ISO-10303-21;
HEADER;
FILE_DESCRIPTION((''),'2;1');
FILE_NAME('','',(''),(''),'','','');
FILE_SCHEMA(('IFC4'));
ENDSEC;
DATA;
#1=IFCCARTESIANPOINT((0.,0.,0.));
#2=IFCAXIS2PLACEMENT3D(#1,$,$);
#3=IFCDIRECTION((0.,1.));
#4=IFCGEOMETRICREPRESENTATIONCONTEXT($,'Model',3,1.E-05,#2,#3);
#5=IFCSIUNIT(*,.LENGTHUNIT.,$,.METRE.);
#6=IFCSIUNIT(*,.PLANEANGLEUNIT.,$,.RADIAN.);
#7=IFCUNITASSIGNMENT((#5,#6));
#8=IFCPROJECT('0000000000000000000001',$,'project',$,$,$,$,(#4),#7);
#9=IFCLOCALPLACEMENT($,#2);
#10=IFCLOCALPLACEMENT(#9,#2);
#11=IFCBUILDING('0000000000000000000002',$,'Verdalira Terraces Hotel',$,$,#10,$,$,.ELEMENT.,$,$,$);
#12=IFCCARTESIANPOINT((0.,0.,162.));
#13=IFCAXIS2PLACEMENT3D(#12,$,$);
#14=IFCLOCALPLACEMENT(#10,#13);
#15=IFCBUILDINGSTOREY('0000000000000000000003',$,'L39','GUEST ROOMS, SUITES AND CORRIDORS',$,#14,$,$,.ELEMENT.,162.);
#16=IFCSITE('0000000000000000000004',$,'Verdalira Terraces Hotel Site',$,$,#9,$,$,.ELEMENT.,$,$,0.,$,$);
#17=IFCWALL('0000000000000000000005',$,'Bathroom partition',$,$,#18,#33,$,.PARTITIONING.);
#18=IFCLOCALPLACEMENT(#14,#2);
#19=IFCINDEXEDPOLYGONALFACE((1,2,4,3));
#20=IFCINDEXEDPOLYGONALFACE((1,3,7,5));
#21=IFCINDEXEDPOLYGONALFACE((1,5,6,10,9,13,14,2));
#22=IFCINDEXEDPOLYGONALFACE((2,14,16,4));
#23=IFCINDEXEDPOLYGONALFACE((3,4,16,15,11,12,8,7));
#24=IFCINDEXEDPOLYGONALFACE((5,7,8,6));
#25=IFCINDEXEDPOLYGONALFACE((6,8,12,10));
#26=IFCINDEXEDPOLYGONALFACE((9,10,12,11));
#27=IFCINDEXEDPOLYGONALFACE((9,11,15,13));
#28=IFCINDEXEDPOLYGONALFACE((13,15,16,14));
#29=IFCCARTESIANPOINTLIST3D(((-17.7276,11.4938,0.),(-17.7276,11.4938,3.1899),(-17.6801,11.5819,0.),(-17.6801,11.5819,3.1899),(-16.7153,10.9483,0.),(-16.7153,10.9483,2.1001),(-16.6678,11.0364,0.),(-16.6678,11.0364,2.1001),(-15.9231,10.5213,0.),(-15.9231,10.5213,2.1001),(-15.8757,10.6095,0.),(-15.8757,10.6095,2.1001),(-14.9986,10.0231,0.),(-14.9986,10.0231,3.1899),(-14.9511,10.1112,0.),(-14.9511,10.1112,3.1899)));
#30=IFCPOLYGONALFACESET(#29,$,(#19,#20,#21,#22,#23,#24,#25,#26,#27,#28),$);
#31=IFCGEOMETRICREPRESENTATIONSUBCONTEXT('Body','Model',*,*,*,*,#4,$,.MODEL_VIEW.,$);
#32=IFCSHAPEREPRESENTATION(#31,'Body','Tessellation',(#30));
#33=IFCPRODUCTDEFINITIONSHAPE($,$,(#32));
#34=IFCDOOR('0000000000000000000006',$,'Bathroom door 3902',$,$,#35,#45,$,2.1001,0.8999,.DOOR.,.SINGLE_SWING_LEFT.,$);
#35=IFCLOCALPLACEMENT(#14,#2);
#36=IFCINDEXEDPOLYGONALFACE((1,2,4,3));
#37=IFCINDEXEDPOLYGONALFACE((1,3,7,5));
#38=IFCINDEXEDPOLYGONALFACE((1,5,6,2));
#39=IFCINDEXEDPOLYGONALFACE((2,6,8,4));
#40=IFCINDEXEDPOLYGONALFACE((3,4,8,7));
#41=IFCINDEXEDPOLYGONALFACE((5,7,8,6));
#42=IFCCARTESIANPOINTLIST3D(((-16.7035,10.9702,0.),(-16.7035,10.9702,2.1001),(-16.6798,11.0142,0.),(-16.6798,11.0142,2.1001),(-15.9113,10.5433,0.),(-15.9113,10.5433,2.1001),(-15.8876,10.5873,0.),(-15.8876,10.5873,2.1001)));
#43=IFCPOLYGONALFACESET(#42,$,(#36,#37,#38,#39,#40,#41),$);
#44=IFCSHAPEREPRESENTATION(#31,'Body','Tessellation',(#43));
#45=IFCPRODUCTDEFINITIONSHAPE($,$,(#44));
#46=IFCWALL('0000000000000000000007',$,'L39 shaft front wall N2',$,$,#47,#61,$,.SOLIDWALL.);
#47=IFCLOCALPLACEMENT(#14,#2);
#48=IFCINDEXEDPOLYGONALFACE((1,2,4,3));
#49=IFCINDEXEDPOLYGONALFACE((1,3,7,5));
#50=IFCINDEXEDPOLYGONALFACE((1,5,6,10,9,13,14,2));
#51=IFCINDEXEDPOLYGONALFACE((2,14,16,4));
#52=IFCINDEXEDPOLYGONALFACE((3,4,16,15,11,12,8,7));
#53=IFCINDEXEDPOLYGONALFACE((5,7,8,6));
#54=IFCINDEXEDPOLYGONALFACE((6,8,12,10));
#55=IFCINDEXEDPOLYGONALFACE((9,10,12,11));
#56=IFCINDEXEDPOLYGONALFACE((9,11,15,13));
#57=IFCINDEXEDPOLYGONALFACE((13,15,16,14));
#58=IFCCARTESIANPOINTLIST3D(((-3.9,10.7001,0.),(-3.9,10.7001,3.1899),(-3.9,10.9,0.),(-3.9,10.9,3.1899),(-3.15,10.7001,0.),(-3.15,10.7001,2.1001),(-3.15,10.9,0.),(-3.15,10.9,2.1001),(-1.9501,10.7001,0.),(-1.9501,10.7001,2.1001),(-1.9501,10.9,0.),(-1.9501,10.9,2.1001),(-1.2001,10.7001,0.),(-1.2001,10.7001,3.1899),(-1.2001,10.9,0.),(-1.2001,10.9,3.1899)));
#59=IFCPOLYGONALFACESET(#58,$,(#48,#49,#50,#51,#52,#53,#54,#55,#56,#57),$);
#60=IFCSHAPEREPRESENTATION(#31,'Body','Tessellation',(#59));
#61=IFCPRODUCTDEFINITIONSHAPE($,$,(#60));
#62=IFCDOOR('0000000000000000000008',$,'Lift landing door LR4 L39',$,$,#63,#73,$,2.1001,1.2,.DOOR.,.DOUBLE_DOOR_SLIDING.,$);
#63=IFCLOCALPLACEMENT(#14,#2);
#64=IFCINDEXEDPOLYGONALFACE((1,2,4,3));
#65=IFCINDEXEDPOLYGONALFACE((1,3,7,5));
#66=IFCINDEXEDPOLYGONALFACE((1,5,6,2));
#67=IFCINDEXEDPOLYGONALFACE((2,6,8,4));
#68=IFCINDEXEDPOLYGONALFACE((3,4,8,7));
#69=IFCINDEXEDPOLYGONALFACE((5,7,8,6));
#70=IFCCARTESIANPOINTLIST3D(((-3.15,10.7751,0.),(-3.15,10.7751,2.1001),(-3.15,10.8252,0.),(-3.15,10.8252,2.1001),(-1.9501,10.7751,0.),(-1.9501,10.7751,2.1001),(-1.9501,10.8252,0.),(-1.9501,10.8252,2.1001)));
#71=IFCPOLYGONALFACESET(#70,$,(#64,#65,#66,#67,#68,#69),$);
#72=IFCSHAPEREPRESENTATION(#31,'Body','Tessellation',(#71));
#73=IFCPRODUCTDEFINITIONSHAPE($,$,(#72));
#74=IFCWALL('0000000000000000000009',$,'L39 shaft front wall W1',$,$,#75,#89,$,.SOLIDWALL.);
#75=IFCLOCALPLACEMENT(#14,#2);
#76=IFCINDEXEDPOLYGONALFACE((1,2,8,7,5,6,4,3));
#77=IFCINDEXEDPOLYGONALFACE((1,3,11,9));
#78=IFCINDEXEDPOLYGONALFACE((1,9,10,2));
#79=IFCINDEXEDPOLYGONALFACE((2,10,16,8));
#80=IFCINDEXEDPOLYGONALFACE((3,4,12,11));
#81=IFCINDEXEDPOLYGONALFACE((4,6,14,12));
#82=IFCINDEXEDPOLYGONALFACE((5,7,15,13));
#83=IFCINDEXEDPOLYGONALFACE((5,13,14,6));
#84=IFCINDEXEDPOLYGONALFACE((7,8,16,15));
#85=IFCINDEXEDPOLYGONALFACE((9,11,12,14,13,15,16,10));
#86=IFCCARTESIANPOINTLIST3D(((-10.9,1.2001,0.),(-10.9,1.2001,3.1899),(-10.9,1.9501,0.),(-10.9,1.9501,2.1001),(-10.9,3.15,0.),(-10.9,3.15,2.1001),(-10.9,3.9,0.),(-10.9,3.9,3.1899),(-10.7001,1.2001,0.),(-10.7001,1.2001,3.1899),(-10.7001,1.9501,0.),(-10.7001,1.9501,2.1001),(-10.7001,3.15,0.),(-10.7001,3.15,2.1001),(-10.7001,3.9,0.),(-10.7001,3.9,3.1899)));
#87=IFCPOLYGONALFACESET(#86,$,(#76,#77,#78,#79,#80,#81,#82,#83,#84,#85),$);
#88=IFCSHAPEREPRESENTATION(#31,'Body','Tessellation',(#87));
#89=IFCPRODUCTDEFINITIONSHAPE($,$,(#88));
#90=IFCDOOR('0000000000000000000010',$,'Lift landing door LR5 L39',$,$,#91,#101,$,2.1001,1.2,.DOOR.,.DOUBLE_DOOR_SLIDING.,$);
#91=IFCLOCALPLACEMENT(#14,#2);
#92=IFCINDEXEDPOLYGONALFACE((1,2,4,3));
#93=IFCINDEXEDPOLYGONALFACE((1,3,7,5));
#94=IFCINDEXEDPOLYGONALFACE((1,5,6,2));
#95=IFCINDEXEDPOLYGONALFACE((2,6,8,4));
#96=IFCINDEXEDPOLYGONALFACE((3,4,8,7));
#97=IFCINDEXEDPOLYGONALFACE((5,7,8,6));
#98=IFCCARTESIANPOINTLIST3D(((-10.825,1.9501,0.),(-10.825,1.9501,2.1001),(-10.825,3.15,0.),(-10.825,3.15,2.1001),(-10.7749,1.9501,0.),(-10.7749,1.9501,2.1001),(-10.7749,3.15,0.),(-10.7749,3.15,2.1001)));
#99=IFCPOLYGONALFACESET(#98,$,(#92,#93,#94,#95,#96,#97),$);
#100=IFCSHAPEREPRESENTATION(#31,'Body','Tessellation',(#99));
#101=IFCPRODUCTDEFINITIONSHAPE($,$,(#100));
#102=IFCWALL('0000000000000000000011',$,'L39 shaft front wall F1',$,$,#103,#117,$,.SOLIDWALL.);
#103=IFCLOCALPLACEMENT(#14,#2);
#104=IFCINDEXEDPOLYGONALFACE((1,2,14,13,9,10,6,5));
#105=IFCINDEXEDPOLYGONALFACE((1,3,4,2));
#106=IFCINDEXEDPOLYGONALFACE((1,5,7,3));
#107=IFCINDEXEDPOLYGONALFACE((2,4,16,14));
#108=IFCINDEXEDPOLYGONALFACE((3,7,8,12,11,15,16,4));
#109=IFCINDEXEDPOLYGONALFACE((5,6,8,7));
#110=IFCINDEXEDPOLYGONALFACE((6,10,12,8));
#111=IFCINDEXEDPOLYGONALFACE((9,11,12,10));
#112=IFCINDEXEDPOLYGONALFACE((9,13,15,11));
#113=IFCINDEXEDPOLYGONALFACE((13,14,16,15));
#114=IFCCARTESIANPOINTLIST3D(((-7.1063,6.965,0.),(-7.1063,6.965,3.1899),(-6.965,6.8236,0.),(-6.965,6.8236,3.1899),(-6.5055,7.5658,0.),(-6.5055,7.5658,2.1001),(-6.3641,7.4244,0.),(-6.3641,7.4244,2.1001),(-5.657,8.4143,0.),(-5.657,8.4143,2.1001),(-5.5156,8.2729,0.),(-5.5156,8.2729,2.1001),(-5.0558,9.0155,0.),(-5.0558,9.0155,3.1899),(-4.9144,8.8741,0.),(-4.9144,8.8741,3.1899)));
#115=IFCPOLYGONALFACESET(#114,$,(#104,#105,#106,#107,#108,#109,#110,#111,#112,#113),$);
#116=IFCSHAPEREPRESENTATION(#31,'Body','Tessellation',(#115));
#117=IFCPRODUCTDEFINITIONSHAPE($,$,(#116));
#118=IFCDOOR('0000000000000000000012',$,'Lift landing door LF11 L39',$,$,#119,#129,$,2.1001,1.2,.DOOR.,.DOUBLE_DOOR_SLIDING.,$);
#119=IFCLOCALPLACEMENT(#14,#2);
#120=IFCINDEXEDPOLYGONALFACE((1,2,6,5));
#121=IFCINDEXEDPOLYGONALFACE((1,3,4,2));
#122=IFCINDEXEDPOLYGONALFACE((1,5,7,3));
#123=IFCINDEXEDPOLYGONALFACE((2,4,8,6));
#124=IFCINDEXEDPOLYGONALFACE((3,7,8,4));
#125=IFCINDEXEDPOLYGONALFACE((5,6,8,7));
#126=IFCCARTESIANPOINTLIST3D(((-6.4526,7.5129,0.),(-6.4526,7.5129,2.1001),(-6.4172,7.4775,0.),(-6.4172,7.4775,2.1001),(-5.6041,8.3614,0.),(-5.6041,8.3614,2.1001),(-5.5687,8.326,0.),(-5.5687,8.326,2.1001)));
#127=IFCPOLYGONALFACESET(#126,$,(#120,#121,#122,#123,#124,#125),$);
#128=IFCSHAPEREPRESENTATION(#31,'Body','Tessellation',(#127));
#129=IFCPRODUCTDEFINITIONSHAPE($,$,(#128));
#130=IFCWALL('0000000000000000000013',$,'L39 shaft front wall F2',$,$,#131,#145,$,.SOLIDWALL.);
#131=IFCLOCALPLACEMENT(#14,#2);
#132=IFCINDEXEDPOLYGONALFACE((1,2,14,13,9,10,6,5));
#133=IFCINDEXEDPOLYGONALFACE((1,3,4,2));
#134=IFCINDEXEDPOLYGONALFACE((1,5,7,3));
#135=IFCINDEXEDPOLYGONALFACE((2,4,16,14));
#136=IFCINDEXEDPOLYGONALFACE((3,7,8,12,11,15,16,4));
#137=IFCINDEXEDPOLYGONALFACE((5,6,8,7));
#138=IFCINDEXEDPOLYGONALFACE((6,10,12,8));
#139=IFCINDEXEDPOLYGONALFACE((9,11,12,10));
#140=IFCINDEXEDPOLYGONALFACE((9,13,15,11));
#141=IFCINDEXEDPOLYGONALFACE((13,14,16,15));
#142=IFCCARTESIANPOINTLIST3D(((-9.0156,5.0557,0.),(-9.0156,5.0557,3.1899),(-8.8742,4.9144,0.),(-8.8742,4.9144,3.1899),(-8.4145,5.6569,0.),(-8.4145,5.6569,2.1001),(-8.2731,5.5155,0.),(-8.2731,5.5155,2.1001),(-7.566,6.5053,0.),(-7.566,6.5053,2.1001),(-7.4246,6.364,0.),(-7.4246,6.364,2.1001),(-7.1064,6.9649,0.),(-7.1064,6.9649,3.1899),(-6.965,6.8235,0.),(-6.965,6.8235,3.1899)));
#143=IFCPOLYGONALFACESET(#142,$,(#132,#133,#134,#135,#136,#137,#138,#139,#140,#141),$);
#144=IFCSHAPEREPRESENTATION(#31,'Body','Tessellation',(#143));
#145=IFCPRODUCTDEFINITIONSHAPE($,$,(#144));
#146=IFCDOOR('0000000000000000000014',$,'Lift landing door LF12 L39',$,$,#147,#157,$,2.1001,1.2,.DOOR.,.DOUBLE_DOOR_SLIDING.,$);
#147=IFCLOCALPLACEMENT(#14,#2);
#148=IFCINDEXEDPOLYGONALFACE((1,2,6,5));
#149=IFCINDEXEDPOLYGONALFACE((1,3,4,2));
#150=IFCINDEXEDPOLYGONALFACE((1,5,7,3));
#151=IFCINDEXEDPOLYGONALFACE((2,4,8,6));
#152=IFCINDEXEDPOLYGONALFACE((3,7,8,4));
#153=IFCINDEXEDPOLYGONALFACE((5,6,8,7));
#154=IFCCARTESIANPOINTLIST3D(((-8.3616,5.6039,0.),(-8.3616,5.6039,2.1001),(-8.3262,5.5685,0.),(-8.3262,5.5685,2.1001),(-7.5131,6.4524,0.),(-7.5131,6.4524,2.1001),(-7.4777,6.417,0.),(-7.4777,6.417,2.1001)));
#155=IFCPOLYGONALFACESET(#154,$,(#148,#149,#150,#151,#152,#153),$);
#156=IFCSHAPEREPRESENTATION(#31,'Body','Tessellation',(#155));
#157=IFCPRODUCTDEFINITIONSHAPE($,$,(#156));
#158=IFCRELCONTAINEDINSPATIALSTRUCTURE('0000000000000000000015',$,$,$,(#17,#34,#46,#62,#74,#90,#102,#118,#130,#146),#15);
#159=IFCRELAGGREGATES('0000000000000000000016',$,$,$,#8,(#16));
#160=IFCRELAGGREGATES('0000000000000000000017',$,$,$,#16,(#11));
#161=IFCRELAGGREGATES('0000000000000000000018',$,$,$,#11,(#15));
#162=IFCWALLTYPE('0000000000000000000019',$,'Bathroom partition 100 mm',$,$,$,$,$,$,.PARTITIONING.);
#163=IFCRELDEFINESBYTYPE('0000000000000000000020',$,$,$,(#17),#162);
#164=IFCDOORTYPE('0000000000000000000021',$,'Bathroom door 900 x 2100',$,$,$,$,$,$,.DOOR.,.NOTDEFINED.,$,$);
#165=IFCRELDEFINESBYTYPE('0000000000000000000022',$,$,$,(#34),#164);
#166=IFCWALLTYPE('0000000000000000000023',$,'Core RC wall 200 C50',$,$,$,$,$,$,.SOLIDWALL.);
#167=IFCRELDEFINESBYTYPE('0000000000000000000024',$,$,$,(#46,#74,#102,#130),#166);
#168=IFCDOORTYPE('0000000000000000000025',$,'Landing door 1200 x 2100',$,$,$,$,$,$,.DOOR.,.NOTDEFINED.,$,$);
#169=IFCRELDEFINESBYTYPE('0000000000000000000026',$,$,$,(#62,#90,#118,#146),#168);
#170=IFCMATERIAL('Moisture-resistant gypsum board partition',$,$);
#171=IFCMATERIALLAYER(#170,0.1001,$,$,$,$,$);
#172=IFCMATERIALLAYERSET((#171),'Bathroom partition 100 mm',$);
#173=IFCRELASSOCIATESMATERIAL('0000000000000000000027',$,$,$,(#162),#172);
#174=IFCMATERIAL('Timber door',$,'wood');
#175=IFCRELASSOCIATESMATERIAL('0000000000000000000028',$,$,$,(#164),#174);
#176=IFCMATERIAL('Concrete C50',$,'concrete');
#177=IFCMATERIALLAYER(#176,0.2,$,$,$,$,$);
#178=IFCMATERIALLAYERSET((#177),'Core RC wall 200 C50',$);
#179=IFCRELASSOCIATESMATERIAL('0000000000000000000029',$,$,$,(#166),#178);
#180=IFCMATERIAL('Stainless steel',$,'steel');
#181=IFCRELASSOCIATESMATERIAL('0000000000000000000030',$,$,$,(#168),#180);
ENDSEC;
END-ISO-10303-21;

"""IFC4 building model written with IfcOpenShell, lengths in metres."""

from ifc_helpers import new_model, si_unit, direction, frame, frame_2d, origin, place, context, subcontext, project, spatial, rectangle, extrude, material, layer, layer_set, type_object, element, fill, save


model = new_model("IFC4")

# Units and contexts
model_context = context("Model", 3, precision=1e-05, world=origin(), true_north=direction((0.0, 1.0)))
body_context = subcontext(model_context, "Body", "Model", "MODEL_VIEW")
ifc_project = project(units=[si_unit("LENGTHUNIT", "METRE"), si_unit("PLANEANGLEUNIT", "RADIAN")], contexts=[model_context])

# Site, building, storey
site_placement = place(None, origin())
site = spatial("IfcSite", under=ifc_project, at=site_placement, Name="Verdalira Terraces Hotel Site", CompositionType="ELEMENT", RefElevation=0.0)
building_placement = place(site_placement, origin())
building = spatial("IfcBuilding", under=site, at=building_placement, Name="Verdalira Terraces Hotel", CompositionType="ELEMENT")
storey_placement = place(building_placement, frame((0.0, 0.0, 162.0)))
storey = spatial("IfcBuildingStorey", under=building, at=storey_placement, Name="L39", Description="GUEST ROOMS, SUITES AND CORRIDORS", CompositionType="ELEMENT", Elevation=162.0)

# Walls, openings, doors
ifc_material_1 = material(Name="Moisture-resistant gypsum board partition")
ifc_layer_1 = layer(ifc_material_1, 0.1001)
ifc_layer_set_1 = layer_set([ifc_layer_1], Name="Bathroom partition 100 mm")
wall_type_1 = type_object("IfcWallType", Name="Bathroom partition 100 mm", PredefinedType="PARTITIONING", material=ifc_layer_set_1)
wall_1_placement = place(storey_placement, frame((-17.7039, 11.5378, 0.0), z_axis=(0.0, 0.0, 1.0), x_axis=(0.880304, -0.47441, 0.0)))
wall_1 = element("IfcWall", 1, at=wall_1_placement, inside=storey, type_object=wall_type_1, Name="Bathroom partition", PredefinedType="PARTITIONING", context=body_context, shape_type="SweptSolid", body=[
    extrude(rectangle(XDim=3.1001, YDim=0.1001, at=frame_2d((1.55, 0.0))), origin(), (0.0, 0.0, 1.0), 3.1899),
])
opening_1_placement = place(wall_1_placement, frame((1.1499, 0.0, 0.0)))
opening_1 = element("IfcOpeningElement", 2, at=opening_1_placement, cuts=wall_1, PredefinedType="OPENING", context=body_context, shape_type="SweptSolid", body=[
    extrude(rectangle(XDim=0.8999, YDim=2.1001, at=frame_2d((0.45, 1.05))), frame((0.0, 0.0601, 0.0), z_axis=(0.0, -1.0, 0.0), x_axis=(1.0, 0.0, 0.0)), (0.0, 0.0, 1.0), 0.1201),
])
ifc_material_2 = material(Name="Timber door", Category="wood")
door_type_1 = type_object("IfcDoorType", Name="Bathroom door 900 x 2100", OperationType="NOTDEFINED", PredefinedType="DOOR", material=ifc_material_2)
door_1_placement = place(opening_1_placement, origin())
door_1 = element("IfcDoor", 3, at=door_1_placement, inside=storey, type_object=door_type_1, Name="Bathroom door 3902", OperationType="SINGLE_SWING_LEFT", OverallHeight=2.1001, OverallWidth=0.8999, PredefinedType="DOOR", context=body_context, shape_type="SweptSolid", body=[
    extrude(rectangle(XDim=0.8999, YDim=2.1001, at=frame_2d((0.45, 1.05))), frame((0.0, 0.0249, 0.0), z_axis=(0.0, -1.0, 0.0), x_axis=(1.0, 0.0, 0.0)), (0.0, 0.0, 1.0), 0.05),
])
fill(opening_1, door_1)
ifc_material_3 = material(Name="Concrete C50", Category="concrete")
ifc_layer_2 = layer(ifc_material_3, 0.2)
ifc_layer_set_2 = layer_set([ifc_layer_2], Name="Core RC wall 200 C50")
wall_type_2 = type_object("IfcWallType", Name="Core RC wall 200 C50", PredefinedType="SOLIDWALL", material=ifc_layer_set_2)
wall_2_placement = place(storey_placement, frame((-1.2, 10.8, 0.0), z_axis=(0.0, 0.0, 1.0), x_axis=(-1.0, 0.0, 0.0)))
wall_2 = element("IfcWall", 4, at=wall_2_placement, inside=storey, type_object=wall_type_2, Name="L39 shaft front wall N2", PredefinedType="SOLIDWALL", context=body_context, shape_type="SweptSolid", body=[
    extrude(rectangle(XDim=2.7, YDim=0.2, at=frame_2d((1.3501, 0.0))), origin(), (0.0, 0.0, 1.0), 3.1899),
])
opening_2_placement = place(wall_2_placement, frame((0.75, 0.0, 0.0)))
opening_2 = element("IfcOpeningElement", 5, at=opening_2_placement, cuts=wall_2, PredefinedType="OPENING", context=body_context, shape_type="SweptSolid", body=[
    extrude(rectangle(XDim=1.2, YDim=2.1001, at=frame_2d((0.6001, 1.05))), frame((0.0, 0.1099, 0.0), z_axis=(0.0, -1.0, 0.0), x_axis=(1.0, 0.0, 0.0)), (0.0, 0.0, 1.0), 0.22),
])
ifc_material_4 = material(Name="Stainless steel", Category="steel")
door_type_2 = type_object("IfcDoorType", Name="Landing door 1200 x 2100", OperationType="NOTDEFINED", PredefinedType="DOOR", material=ifc_material_4)
door_2_placement = place(opening_2_placement, origin())
door_2 = element("IfcDoor", 6, at=door_2_placement, inside=storey, type_object=door_type_2, Name="Lift landing door LR4 L39", OperationType="DOUBLE_DOOR_SLIDING", OverallHeight=2.1001, OverallWidth=1.2, PredefinedType="DOOR", context=body_context, shape_type="SweptSolid", body=[
    extrude(rectangle(XDim=1.2, YDim=2.1001, at=frame_2d((0.6001, 1.05))), frame((0.0, 0.0249, 0.0), z_axis=(0.0, -1.0, 0.0), x_axis=(1.0, 0.0, 0.0)), (0.0, 0.0, 1.0), 0.05),
])
fill(opening_2, door_2)
wall_3_placement = place(storey_placement, frame((-10.8, 1.2, 0.0), z_axis=(0.0, 0.0, 1.0), x_axis=(0.0, 1.0, 0.0)))
wall_3 = element("IfcWall", 7, at=wall_3_placement, inside=storey, type_object=wall_type_2, Name="L39 shaft front wall W1", PredefinedType="SOLIDWALL", context=body_context, shape_type="SweptSolid", body=[
    extrude(rectangle(XDim=2.7, YDim=0.2, at=frame_2d((1.3501, 0.0))), origin(), (0.0, 0.0, 1.0), 3.1899),
])
opening_3_placement = place(wall_3_placement, frame((0.75, 0.0, 0.0)))
opening_3 = element("IfcOpeningElement", 8, at=opening_3_placement, cuts=wall_3, PredefinedType="OPENING", context=body_context, shape_type="SweptSolid", body=[
    extrude(rectangle(XDim=1.2, YDim=2.1001, at=frame_2d((0.6001, 1.05))), frame((0.0, 0.1099, 0.0), z_axis=(0.0, -1.0, 0.0), x_axis=(1.0, 0.0, 0.0)), (0.0, 0.0, 1.0), 0.22),
])
door_3_placement = place(opening_3_placement, origin())
door_3 = element("IfcDoor", 9, at=door_3_placement, inside=storey, type_object=door_type_2, Name="Lift landing door LR5 L39", OperationType="DOUBLE_DOOR_SLIDING", OverallHeight=2.1001, OverallWidth=1.2, PredefinedType="DOOR", context=body_context, shape_type="SweptSolid", body=[
    extrude(rectangle(XDim=1.2, YDim=2.1001, at=frame_2d((0.6001, 1.05))), frame((0.0, 0.0249, 0.0), z_axis=(0.0, -1.0, 0.0), x_axis=(1.0, 0.0, 0.0)), (0.0, 0.0, 1.0), 0.05),
])
fill(opening_3, door_3)
wall_4_placement = place(storey_placement, frame((-4.9851, 8.9448, 0.0), z_axis=(0.0, 0.0, 1.0), x_axis=(-0.707107, -0.707107, 0.0)))
wall_4 = element("IfcWall", 10, at=wall_4_placement, inside=storey, type_object=wall_type_2, Name="L39 shaft front wall F1", PredefinedType="SOLIDWALL", context=body_context, shape_type="SweptSolid", body=[
    extrude(rectangle(XDim=2.8999, YDim=0.2, at=frame_2d((1.45, 0.0))), origin(), (0.0, 0.0, 1.0), 3.1899),
])
opening_4_placement = place(wall_4_placement, frame((0.8501, 0.0, 0.0)))
opening_4 = element("IfcOpeningElement", 11, at=opening_4_placement, cuts=wall_4, PredefinedType="OPENING", context=body_context, shape_type="SweptSolid", body=[
    extrude(rectangle(XDim=1.2, YDim=2.1001, at=frame_2d((0.6001, 1.05))), frame((0.0, 0.1099, 0.0), z_axis=(0.0, -1.0, 0.0), x_axis=(1.0, 0.0, 0.0)), (0.0, 0.0, 1.0), 0.22),
])
door_4_placement = place(opening_4_placement, origin())
door_4 = element("IfcDoor", 12, at=door_4_placement, inside=storey, type_object=door_type_2, Name="Lift landing door LF11 L39", OperationType="DOUBLE_DOOR_SLIDING", OverallHeight=2.1001, OverallWidth=1.2, PredefinedType="DOOR", context=body_context, shape_type="SweptSolid", body=[
    extrude(rectangle(XDim=1.2, YDim=2.1001, at=frame_2d((0.6001, 1.05))), frame((0.0, 0.0249, 0.0), z_axis=(0.0, -1.0, 0.0), x_axis=(1.0, 0.0, 0.0)), (0.0, 0.0, 1.0), 0.05),
])
fill(opening_4, door_4)
wall_5_placement = place(storey_placement, frame((-7.0356, 6.8943, 0.0), z_axis=(0.0, 0.0, 1.0), x_axis=(-0.707107, -0.707107, 0.0)))
wall_5 = element("IfcWall", 13, at=wall_5_placement, inside=storey, type_object=wall_type_2, Name="L39 shaft front wall F2", PredefinedType="SOLIDWALL", context=body_context, shape_type="SweptSolid", body=[
    extrude(rectangle(XDim=2.7, YDim=0.2, at=frame_2d((1.3501, 0.0))), origin(), (0.0, 0.0, 1.0), 3.1899),
])
opening_5_placement = place(wall_5_placement, frame((0.6499, 0.0, 0.0)))
opening_5 = element("IfcOpeningElement", 14, at=opening_5_placement, cuts=wall_5, PredefinedType="OPENING", context=body_context, shape_type="SweptSolid", body=[
    extrude(rectangle(XDim=1.2, YDim=2.1001, at=frame_2d((0.6001, 1.05))), frame((0.0, 0.1099, 0.0), z_axis=(0.0, -1.0, 0.0), x_axis=(1.0, 0.0, 0.0)), (0.0, 0.0, 1.0), 0.22),
])
door_5_placement = place(opening_5_placement, origin())
door_5 = element("IfcDoor", 15, at=door_5_placement, inside=storey, type_object=door_type_2, Name="Lift landing door LF12 L39", OperationType="DOUBLE_DOOR_SLIDING", OverallHeight=2.1001, OverallWidth=1.2, PredefinedType="DOOR", context=body_context, shape_type="SweptSolid", body=[
    extrude(rectangle(XDim=1.2, YDim=2.1001, at=frame_2d((0.6001, 1.05))), frame((0.0, 0.0249, 0.0), z_axis=(0.0, -1.0, 0.0), x_axis=(1.0, 0.0, 0.0)), (0.0, 0.0, 1.0), 0.05),
])
fill(opening_5, door_5)

save(model, "model.ifc")
